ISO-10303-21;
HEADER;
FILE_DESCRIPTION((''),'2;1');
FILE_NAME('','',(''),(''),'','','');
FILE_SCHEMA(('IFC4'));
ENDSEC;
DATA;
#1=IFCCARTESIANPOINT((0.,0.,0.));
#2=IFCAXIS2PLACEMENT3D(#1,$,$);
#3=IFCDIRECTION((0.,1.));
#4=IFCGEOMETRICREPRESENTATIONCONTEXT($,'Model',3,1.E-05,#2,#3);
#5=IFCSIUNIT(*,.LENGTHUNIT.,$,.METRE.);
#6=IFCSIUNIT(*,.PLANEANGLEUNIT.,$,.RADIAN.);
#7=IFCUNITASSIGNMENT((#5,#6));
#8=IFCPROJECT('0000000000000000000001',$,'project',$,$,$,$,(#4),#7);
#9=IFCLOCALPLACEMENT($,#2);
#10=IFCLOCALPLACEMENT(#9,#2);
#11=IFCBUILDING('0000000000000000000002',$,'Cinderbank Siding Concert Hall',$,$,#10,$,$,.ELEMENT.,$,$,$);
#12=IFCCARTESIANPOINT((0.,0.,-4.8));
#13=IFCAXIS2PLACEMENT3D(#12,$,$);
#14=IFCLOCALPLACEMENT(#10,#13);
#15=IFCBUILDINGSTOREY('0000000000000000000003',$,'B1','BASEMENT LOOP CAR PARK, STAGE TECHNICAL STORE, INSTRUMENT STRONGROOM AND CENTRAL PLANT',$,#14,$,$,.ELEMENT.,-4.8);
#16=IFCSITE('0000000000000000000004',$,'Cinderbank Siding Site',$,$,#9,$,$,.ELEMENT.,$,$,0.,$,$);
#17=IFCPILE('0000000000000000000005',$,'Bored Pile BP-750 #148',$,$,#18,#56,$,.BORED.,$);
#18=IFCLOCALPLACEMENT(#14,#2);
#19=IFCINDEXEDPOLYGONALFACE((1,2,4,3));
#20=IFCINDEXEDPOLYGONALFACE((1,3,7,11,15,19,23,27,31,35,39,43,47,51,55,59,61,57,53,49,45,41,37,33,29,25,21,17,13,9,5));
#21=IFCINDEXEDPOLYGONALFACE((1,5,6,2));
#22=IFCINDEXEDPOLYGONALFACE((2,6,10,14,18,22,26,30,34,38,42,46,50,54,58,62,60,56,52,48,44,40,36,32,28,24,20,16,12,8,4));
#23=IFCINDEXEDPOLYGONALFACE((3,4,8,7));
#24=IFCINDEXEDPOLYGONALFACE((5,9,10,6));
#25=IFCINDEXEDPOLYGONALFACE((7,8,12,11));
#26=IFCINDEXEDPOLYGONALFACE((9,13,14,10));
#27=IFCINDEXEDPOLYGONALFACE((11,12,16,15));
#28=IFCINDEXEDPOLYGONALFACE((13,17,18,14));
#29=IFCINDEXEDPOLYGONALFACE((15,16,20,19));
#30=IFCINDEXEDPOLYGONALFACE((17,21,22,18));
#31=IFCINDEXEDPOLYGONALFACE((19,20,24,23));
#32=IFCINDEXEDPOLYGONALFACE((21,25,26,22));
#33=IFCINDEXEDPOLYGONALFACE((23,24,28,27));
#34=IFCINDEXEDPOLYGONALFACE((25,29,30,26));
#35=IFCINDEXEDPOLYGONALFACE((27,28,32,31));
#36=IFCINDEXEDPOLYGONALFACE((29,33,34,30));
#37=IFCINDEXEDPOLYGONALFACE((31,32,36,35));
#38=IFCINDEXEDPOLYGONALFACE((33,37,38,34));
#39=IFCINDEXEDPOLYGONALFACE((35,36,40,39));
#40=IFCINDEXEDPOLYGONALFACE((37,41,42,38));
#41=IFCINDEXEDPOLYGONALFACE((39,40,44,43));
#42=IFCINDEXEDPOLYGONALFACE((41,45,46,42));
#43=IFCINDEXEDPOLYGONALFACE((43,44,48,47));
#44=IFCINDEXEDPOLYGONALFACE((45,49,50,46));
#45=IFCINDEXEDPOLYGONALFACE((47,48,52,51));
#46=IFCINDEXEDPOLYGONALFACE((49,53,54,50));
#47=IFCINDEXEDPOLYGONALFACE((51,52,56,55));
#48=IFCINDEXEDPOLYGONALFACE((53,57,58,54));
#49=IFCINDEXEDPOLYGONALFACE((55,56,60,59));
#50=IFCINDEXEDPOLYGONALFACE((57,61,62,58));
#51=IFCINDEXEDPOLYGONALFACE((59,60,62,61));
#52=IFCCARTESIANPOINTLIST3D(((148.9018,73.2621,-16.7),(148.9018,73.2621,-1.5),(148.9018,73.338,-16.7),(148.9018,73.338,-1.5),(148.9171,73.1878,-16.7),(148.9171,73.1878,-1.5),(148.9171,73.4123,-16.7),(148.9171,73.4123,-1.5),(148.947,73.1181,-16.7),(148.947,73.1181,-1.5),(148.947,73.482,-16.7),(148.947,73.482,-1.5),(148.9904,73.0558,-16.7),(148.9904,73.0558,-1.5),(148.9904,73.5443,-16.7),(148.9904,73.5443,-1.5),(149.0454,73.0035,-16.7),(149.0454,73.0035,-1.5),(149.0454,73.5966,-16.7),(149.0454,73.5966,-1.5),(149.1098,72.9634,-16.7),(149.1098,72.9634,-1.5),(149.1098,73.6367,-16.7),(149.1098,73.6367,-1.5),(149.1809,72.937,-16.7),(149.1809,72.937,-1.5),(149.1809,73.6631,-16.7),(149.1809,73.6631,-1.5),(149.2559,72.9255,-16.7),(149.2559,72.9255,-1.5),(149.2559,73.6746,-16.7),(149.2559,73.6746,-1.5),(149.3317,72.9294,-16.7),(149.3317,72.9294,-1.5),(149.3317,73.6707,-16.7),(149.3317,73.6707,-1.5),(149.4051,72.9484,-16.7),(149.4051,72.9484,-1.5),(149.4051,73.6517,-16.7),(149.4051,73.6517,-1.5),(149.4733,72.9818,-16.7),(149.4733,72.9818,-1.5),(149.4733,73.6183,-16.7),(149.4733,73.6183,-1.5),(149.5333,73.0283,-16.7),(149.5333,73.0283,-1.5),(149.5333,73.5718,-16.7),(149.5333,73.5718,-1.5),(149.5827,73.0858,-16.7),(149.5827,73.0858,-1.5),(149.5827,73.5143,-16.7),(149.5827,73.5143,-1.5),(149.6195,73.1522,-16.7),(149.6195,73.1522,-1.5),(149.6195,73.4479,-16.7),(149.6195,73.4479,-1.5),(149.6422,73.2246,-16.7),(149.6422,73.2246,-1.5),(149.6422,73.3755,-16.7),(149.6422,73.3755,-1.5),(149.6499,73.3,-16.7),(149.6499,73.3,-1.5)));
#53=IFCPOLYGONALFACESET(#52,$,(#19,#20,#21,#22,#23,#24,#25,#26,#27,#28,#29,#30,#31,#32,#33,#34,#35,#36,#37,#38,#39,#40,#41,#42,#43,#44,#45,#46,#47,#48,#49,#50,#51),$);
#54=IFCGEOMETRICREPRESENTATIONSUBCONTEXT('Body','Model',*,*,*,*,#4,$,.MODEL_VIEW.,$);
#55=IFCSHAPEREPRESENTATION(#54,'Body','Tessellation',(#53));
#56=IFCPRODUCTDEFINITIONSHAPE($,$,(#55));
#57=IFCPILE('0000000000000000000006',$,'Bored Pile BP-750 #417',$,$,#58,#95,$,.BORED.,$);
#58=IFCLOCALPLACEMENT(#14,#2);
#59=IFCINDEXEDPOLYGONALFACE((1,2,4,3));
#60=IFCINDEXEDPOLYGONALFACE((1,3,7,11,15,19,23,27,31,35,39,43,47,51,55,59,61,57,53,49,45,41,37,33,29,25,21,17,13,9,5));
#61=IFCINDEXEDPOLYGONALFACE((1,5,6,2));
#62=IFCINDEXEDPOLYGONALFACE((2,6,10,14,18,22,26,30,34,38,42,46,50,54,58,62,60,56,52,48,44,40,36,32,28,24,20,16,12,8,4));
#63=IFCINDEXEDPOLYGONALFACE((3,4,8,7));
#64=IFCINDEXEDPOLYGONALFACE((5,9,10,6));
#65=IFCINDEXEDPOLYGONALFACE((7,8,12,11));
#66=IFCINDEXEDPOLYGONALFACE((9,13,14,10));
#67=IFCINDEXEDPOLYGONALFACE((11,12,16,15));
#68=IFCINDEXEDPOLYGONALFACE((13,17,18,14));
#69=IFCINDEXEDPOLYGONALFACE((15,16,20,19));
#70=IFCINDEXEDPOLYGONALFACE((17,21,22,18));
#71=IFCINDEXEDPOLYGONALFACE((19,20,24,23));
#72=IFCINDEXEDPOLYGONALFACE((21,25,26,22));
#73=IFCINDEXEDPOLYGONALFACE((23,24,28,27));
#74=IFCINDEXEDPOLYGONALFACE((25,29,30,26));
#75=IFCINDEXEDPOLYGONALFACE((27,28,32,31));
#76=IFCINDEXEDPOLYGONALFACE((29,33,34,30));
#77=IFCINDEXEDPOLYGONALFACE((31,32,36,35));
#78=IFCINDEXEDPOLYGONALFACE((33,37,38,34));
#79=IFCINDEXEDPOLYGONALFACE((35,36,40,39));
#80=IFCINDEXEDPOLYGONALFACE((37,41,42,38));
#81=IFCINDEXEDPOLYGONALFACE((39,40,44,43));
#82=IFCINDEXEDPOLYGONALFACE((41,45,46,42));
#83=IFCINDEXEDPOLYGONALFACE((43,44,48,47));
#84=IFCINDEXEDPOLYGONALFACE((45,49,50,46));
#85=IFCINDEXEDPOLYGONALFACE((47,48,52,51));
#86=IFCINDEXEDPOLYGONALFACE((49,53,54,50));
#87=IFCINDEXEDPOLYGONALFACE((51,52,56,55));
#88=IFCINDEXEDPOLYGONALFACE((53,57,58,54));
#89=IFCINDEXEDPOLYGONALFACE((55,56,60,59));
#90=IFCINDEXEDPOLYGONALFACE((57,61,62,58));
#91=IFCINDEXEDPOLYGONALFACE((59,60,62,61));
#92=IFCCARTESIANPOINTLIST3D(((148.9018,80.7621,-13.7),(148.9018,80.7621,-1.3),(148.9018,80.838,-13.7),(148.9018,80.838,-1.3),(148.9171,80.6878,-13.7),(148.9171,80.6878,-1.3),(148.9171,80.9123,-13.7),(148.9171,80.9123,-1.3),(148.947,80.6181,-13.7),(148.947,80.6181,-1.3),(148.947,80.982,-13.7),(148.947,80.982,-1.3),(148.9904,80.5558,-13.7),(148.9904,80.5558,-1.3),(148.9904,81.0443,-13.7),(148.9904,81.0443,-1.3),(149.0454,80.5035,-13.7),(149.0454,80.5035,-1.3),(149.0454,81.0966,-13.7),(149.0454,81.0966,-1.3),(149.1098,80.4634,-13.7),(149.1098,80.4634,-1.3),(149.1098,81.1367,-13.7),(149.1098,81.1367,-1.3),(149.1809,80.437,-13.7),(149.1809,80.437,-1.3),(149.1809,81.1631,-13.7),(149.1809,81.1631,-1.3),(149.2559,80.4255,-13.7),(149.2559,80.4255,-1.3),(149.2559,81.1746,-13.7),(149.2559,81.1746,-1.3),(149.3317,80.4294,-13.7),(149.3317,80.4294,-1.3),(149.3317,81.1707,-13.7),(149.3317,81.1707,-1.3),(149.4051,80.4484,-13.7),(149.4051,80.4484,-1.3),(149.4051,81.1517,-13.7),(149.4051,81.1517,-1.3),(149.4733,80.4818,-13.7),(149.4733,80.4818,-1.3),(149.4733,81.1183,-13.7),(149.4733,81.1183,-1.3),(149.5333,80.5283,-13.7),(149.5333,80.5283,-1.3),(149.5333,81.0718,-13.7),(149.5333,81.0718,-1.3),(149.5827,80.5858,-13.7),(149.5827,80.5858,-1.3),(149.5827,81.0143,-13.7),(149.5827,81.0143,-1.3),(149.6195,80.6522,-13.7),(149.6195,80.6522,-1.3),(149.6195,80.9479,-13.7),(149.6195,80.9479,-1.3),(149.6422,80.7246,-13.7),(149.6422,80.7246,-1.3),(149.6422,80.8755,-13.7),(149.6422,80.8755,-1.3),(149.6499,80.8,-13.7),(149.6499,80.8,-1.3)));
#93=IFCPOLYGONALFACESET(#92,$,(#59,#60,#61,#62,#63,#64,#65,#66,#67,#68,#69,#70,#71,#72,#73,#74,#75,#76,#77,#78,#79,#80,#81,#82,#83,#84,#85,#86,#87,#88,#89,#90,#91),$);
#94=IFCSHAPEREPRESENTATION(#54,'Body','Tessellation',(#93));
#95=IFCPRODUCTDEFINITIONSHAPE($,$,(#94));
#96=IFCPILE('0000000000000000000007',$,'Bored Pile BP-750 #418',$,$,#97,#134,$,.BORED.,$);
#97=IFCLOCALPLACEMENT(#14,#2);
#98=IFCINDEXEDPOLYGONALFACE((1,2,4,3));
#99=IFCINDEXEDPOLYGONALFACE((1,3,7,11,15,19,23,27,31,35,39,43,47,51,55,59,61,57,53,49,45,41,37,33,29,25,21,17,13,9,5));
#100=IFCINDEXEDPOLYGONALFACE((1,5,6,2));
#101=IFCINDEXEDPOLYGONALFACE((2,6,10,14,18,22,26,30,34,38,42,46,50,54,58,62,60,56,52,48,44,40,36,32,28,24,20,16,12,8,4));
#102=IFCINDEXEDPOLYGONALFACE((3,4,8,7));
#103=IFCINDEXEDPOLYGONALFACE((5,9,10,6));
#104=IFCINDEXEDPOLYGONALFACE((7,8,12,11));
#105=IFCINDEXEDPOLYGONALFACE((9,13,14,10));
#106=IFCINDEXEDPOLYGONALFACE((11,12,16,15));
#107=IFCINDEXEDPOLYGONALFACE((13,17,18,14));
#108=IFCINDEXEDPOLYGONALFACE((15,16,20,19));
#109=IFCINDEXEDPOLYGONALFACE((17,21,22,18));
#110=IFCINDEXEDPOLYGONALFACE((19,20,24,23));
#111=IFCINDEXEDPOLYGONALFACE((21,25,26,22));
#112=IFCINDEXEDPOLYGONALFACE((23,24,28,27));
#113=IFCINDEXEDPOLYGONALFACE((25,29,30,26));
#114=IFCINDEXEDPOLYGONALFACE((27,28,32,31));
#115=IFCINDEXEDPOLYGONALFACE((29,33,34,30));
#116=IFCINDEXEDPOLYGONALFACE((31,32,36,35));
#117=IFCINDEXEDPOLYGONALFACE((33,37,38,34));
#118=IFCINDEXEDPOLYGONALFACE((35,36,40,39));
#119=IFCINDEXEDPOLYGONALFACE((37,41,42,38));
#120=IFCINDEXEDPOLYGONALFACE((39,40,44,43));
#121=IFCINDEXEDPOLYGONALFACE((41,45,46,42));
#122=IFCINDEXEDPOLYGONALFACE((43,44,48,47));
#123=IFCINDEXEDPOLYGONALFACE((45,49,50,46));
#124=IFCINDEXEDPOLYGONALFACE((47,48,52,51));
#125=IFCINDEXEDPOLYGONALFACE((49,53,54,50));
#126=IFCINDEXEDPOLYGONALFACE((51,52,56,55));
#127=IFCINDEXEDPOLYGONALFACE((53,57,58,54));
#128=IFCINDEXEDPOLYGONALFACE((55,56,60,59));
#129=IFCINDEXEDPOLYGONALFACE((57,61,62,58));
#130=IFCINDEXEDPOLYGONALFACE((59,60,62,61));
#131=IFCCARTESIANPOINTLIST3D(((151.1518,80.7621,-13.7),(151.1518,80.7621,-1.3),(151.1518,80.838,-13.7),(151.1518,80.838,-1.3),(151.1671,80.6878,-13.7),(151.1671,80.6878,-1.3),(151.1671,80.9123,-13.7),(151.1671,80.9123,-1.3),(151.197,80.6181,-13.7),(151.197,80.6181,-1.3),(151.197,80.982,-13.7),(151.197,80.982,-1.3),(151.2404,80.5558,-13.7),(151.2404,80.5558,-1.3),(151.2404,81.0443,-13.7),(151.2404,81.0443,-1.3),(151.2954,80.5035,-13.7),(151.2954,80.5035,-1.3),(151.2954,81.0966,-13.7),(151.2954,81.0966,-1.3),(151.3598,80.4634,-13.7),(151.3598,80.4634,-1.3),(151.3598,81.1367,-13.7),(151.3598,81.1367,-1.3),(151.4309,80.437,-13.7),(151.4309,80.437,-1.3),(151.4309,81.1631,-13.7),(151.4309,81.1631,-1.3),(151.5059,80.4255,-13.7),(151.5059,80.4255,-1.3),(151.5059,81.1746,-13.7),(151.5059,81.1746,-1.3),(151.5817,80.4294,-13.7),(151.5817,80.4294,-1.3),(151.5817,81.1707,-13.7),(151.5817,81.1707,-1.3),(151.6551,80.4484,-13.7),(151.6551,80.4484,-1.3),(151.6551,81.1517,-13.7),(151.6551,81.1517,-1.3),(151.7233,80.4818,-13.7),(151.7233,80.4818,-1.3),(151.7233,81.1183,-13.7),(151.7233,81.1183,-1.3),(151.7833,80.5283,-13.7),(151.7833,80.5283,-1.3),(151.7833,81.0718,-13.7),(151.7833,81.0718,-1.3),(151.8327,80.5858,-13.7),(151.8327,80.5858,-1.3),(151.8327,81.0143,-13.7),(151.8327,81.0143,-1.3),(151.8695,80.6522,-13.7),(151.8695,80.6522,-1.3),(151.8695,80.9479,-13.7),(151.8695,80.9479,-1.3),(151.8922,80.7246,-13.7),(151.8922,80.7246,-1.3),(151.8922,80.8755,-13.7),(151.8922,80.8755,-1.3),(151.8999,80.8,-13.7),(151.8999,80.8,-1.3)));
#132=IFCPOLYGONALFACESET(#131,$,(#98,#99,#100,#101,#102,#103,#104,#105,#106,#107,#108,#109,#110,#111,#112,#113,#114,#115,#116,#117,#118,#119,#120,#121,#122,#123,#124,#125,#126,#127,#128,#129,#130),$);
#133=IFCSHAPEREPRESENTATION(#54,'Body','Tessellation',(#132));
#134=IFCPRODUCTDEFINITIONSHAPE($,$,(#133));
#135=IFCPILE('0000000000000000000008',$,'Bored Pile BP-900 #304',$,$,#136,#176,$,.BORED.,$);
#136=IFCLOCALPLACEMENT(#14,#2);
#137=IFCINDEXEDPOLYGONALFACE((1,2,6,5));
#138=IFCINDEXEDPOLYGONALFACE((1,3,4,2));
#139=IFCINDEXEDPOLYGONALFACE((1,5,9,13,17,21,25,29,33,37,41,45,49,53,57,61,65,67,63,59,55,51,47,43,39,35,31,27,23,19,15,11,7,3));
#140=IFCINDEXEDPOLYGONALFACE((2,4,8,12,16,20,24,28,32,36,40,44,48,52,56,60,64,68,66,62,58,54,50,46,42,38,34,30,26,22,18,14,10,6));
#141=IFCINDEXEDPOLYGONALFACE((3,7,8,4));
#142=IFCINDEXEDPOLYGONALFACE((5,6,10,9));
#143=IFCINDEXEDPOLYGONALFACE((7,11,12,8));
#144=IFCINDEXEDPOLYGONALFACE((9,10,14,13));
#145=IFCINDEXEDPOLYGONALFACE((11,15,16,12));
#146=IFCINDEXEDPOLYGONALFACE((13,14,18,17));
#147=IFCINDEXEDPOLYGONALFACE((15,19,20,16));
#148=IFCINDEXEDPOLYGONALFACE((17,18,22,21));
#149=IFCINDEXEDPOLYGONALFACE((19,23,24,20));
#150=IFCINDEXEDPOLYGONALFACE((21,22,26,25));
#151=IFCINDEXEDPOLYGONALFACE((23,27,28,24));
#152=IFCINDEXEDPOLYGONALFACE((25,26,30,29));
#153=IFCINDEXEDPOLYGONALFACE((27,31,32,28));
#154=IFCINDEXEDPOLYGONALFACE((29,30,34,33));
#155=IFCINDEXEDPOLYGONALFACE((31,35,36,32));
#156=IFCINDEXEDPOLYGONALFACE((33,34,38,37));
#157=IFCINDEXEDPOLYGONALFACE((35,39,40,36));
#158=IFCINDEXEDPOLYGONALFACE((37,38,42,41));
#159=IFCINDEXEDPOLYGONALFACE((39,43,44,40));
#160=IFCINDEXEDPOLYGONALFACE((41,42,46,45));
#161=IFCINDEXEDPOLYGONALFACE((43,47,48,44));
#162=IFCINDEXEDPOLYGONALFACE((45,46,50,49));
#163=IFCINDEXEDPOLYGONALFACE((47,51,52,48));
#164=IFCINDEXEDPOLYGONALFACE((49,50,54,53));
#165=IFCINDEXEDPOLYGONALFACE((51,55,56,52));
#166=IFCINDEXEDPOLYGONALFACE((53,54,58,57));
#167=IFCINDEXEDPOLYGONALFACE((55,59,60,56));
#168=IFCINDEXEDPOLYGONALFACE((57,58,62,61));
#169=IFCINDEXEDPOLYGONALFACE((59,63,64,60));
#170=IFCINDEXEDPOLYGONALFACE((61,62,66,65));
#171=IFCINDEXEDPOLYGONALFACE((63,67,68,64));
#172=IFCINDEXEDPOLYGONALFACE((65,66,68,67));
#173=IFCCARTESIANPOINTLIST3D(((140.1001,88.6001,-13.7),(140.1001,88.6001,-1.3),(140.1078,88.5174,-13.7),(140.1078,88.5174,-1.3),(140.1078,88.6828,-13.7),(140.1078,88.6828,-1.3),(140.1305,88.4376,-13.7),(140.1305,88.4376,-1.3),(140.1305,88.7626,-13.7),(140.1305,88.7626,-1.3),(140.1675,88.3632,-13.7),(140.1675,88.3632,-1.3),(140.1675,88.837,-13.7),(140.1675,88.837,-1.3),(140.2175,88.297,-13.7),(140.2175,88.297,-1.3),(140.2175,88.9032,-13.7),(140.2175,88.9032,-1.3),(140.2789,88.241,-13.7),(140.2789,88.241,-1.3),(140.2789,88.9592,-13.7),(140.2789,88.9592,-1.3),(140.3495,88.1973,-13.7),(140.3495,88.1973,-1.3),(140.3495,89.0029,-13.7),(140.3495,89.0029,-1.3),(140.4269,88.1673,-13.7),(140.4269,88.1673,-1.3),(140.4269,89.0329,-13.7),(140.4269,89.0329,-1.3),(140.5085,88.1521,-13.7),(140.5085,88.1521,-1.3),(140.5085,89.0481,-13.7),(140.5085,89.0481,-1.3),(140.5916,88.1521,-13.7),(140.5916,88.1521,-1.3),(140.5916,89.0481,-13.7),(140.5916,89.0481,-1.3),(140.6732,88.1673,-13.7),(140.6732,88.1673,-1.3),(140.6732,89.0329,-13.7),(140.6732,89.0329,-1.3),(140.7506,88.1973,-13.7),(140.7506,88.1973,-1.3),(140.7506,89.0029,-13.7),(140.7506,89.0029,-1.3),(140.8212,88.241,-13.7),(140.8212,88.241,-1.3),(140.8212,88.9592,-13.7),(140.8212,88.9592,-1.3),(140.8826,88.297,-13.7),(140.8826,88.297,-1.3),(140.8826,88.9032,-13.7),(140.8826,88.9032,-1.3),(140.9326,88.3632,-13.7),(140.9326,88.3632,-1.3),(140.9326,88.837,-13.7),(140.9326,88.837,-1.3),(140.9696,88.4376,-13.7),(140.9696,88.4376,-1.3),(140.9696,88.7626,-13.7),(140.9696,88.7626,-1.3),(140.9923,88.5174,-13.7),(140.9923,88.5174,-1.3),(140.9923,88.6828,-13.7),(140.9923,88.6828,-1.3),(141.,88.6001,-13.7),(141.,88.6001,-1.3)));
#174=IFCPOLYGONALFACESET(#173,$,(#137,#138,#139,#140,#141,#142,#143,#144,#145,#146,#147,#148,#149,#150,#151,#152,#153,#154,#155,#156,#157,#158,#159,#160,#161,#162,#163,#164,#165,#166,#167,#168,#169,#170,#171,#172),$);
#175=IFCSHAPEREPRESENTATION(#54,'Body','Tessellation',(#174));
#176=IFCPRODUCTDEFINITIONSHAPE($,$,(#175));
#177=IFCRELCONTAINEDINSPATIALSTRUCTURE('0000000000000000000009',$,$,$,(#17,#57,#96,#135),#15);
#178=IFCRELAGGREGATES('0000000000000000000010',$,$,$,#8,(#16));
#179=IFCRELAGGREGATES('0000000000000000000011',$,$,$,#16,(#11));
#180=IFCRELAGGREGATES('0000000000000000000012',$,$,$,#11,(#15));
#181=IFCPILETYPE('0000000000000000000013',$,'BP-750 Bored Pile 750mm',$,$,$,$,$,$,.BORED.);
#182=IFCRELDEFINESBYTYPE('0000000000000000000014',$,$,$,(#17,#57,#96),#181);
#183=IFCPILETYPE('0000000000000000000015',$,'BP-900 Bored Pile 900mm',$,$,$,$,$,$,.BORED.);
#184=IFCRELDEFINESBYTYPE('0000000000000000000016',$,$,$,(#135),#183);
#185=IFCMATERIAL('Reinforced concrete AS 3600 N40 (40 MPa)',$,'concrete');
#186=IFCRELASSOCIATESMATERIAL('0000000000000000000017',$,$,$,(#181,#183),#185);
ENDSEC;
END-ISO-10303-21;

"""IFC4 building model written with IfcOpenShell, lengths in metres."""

from ifc_helpers import new_model, si_unit, direction, frame, origin, origin_2d, place, context, subcontext, project, spatial, circle, extrude, material, material_profile, profile_set, type_object, element, save


model = new_model("IFC4")

# Units and contexts
model_context = context("Model", 3, precision=1e-05, world=origin(), true_north=direction((0.0, 1.0)))
body_context = subcontext(model_context, "Body", "Model", "MODEL_VIEW")
ifc_project = project(units=[si_unit("LENGTHUNIT", "METRE"), si_unit("PLANEANGLEUNIT", "RADIAN")], contexts=[model_context])

# Site, building, storey
site_placement = place(None, origin())
site = spatial("IfcSite", under=ifc_project, at=site_placement, Name="Cinderbank Siding Site", CompositionType="ELEMENT", RefElevation=0.0)
building_placement = place(site_placement, origin())
building = spatial("IfcBuilding", under=site, at=building_placement, Name="Cinderbank Siding Concert Hall", CompositionType="ELEMENT")
storey_placement = place(building_placement, frame((0.0, 0.0, -4.8)))
storey = spatial("IfcBuildingStorey", under=building, at=storey_placement, Name="B1", Description="BASEMENT LOOP CAR PARK, STAGE TECHNICAL STORE, INSTRUMENT STRONGROOM AND CENTRAL PLANT", CompositionType="ELEMENT", Elevation=-4.8)

# Piles
ifc_material_1 = material(Name="Reinforced concrete AS 3600 N40 (40 MPa)", Category="concrete")
ifc_material_profile_1 = material_profile(ifc_material_1, circle(Radius=0.375, at=origin_2d()), Name="PILE-750DIA", Category="LoadBearing")
ifc_profile_set_1 = profile_set([ifc_material_profile_1], Name="Reinforced concrete AS 3600 N40 (40 MPa)")
pile_type_1 = type_object("IfcPileType", Name="BP-750 Bored Pile 750mm", PredefinedType="BORED", material=ifc_profile_set_1)
pile_placement = place(storey_placement, frame((149.2749, 73.3, -1.5), z_axis=(0.0, 0.0, -1.0), x_axis=(1.0, 0.0, 0.0)))
element("IfcPile", 1, at=pile_placement, inside=storey, type_object=pile_type_1, Name="Bored Pile BP-750 #148", PredefinedType="BORED", context=body_context, shape_type="SweptSolid", body=[
    extrude(circle(Radius=0.375, at=origin_2d()), origin(), (0.0, 0.0, 1.0), 15.2),
])
for number, where, z_axis, x_axis, name in (
    (2, (149.2749, 80.8, -1.3), (0.0, 0.0, -1.0), (1.0, 0.0, 0.0), "Bored Pile BP-750 #417"),
    (3, (151.5249, 80.8, -1.3), (0.0, 0.0, -1.0), (1.0, 0.0, 0.0), "Bored Pile BP-750 #418"),
):
    element("IfcPile", number, at=place(storey_placement, frame(where, z_axis=z_axis, x_axis=x_axis)), inside=storey, type_object=pile_type_1, Name=name, PredefinedType="BORED", context=body_context, shape_type="SweptSolid", body=[
        extrude(circle(Radius=0.375, at=origin_2d()), origin(), (0.0, 0.0, 1.0), 12.3999),
    ])
ifc_material_profile_2 = material_profile(ifc_material_1, circle(Radius=0.45, at=origin_2d()), Name="PILE-900DIA", Category="LoadBearing")
ifc_profile_set_2 = profile_set([ifc_material_profile_2], Name="Reinforced concrete AS 3600 N40 (40 MPa)")
pile_type_2 = type_object("IfcPileType", Name="BP-900 Bored Pile 900mm", PredefinedType="BORED", material=ifc_profile_set_2)
for number, where, z_axis, x_axis, name in (
    (4, (140.55, 88.6001, -1.3), (0.0, 0.0, -1.0), (1.0, 0.0, 0.0), "Bored Pile BP-900 #304"),
):
    element("IfcPile", number, at=place(storey_placement, frame(where, z_axis=z_axis, x_axis=x_axis)), inside=storey, type_object=pile_type_2, Name=name, PredefinedType="BORED", context=body_context, shape_type="SweptSolid", body=[
        extrude(circle(Radius=0.45, at=origin_2d()), origin(), (0.0, 0.0, 1.0), 12.3999),
    ])

save(model, "model.ifc")
